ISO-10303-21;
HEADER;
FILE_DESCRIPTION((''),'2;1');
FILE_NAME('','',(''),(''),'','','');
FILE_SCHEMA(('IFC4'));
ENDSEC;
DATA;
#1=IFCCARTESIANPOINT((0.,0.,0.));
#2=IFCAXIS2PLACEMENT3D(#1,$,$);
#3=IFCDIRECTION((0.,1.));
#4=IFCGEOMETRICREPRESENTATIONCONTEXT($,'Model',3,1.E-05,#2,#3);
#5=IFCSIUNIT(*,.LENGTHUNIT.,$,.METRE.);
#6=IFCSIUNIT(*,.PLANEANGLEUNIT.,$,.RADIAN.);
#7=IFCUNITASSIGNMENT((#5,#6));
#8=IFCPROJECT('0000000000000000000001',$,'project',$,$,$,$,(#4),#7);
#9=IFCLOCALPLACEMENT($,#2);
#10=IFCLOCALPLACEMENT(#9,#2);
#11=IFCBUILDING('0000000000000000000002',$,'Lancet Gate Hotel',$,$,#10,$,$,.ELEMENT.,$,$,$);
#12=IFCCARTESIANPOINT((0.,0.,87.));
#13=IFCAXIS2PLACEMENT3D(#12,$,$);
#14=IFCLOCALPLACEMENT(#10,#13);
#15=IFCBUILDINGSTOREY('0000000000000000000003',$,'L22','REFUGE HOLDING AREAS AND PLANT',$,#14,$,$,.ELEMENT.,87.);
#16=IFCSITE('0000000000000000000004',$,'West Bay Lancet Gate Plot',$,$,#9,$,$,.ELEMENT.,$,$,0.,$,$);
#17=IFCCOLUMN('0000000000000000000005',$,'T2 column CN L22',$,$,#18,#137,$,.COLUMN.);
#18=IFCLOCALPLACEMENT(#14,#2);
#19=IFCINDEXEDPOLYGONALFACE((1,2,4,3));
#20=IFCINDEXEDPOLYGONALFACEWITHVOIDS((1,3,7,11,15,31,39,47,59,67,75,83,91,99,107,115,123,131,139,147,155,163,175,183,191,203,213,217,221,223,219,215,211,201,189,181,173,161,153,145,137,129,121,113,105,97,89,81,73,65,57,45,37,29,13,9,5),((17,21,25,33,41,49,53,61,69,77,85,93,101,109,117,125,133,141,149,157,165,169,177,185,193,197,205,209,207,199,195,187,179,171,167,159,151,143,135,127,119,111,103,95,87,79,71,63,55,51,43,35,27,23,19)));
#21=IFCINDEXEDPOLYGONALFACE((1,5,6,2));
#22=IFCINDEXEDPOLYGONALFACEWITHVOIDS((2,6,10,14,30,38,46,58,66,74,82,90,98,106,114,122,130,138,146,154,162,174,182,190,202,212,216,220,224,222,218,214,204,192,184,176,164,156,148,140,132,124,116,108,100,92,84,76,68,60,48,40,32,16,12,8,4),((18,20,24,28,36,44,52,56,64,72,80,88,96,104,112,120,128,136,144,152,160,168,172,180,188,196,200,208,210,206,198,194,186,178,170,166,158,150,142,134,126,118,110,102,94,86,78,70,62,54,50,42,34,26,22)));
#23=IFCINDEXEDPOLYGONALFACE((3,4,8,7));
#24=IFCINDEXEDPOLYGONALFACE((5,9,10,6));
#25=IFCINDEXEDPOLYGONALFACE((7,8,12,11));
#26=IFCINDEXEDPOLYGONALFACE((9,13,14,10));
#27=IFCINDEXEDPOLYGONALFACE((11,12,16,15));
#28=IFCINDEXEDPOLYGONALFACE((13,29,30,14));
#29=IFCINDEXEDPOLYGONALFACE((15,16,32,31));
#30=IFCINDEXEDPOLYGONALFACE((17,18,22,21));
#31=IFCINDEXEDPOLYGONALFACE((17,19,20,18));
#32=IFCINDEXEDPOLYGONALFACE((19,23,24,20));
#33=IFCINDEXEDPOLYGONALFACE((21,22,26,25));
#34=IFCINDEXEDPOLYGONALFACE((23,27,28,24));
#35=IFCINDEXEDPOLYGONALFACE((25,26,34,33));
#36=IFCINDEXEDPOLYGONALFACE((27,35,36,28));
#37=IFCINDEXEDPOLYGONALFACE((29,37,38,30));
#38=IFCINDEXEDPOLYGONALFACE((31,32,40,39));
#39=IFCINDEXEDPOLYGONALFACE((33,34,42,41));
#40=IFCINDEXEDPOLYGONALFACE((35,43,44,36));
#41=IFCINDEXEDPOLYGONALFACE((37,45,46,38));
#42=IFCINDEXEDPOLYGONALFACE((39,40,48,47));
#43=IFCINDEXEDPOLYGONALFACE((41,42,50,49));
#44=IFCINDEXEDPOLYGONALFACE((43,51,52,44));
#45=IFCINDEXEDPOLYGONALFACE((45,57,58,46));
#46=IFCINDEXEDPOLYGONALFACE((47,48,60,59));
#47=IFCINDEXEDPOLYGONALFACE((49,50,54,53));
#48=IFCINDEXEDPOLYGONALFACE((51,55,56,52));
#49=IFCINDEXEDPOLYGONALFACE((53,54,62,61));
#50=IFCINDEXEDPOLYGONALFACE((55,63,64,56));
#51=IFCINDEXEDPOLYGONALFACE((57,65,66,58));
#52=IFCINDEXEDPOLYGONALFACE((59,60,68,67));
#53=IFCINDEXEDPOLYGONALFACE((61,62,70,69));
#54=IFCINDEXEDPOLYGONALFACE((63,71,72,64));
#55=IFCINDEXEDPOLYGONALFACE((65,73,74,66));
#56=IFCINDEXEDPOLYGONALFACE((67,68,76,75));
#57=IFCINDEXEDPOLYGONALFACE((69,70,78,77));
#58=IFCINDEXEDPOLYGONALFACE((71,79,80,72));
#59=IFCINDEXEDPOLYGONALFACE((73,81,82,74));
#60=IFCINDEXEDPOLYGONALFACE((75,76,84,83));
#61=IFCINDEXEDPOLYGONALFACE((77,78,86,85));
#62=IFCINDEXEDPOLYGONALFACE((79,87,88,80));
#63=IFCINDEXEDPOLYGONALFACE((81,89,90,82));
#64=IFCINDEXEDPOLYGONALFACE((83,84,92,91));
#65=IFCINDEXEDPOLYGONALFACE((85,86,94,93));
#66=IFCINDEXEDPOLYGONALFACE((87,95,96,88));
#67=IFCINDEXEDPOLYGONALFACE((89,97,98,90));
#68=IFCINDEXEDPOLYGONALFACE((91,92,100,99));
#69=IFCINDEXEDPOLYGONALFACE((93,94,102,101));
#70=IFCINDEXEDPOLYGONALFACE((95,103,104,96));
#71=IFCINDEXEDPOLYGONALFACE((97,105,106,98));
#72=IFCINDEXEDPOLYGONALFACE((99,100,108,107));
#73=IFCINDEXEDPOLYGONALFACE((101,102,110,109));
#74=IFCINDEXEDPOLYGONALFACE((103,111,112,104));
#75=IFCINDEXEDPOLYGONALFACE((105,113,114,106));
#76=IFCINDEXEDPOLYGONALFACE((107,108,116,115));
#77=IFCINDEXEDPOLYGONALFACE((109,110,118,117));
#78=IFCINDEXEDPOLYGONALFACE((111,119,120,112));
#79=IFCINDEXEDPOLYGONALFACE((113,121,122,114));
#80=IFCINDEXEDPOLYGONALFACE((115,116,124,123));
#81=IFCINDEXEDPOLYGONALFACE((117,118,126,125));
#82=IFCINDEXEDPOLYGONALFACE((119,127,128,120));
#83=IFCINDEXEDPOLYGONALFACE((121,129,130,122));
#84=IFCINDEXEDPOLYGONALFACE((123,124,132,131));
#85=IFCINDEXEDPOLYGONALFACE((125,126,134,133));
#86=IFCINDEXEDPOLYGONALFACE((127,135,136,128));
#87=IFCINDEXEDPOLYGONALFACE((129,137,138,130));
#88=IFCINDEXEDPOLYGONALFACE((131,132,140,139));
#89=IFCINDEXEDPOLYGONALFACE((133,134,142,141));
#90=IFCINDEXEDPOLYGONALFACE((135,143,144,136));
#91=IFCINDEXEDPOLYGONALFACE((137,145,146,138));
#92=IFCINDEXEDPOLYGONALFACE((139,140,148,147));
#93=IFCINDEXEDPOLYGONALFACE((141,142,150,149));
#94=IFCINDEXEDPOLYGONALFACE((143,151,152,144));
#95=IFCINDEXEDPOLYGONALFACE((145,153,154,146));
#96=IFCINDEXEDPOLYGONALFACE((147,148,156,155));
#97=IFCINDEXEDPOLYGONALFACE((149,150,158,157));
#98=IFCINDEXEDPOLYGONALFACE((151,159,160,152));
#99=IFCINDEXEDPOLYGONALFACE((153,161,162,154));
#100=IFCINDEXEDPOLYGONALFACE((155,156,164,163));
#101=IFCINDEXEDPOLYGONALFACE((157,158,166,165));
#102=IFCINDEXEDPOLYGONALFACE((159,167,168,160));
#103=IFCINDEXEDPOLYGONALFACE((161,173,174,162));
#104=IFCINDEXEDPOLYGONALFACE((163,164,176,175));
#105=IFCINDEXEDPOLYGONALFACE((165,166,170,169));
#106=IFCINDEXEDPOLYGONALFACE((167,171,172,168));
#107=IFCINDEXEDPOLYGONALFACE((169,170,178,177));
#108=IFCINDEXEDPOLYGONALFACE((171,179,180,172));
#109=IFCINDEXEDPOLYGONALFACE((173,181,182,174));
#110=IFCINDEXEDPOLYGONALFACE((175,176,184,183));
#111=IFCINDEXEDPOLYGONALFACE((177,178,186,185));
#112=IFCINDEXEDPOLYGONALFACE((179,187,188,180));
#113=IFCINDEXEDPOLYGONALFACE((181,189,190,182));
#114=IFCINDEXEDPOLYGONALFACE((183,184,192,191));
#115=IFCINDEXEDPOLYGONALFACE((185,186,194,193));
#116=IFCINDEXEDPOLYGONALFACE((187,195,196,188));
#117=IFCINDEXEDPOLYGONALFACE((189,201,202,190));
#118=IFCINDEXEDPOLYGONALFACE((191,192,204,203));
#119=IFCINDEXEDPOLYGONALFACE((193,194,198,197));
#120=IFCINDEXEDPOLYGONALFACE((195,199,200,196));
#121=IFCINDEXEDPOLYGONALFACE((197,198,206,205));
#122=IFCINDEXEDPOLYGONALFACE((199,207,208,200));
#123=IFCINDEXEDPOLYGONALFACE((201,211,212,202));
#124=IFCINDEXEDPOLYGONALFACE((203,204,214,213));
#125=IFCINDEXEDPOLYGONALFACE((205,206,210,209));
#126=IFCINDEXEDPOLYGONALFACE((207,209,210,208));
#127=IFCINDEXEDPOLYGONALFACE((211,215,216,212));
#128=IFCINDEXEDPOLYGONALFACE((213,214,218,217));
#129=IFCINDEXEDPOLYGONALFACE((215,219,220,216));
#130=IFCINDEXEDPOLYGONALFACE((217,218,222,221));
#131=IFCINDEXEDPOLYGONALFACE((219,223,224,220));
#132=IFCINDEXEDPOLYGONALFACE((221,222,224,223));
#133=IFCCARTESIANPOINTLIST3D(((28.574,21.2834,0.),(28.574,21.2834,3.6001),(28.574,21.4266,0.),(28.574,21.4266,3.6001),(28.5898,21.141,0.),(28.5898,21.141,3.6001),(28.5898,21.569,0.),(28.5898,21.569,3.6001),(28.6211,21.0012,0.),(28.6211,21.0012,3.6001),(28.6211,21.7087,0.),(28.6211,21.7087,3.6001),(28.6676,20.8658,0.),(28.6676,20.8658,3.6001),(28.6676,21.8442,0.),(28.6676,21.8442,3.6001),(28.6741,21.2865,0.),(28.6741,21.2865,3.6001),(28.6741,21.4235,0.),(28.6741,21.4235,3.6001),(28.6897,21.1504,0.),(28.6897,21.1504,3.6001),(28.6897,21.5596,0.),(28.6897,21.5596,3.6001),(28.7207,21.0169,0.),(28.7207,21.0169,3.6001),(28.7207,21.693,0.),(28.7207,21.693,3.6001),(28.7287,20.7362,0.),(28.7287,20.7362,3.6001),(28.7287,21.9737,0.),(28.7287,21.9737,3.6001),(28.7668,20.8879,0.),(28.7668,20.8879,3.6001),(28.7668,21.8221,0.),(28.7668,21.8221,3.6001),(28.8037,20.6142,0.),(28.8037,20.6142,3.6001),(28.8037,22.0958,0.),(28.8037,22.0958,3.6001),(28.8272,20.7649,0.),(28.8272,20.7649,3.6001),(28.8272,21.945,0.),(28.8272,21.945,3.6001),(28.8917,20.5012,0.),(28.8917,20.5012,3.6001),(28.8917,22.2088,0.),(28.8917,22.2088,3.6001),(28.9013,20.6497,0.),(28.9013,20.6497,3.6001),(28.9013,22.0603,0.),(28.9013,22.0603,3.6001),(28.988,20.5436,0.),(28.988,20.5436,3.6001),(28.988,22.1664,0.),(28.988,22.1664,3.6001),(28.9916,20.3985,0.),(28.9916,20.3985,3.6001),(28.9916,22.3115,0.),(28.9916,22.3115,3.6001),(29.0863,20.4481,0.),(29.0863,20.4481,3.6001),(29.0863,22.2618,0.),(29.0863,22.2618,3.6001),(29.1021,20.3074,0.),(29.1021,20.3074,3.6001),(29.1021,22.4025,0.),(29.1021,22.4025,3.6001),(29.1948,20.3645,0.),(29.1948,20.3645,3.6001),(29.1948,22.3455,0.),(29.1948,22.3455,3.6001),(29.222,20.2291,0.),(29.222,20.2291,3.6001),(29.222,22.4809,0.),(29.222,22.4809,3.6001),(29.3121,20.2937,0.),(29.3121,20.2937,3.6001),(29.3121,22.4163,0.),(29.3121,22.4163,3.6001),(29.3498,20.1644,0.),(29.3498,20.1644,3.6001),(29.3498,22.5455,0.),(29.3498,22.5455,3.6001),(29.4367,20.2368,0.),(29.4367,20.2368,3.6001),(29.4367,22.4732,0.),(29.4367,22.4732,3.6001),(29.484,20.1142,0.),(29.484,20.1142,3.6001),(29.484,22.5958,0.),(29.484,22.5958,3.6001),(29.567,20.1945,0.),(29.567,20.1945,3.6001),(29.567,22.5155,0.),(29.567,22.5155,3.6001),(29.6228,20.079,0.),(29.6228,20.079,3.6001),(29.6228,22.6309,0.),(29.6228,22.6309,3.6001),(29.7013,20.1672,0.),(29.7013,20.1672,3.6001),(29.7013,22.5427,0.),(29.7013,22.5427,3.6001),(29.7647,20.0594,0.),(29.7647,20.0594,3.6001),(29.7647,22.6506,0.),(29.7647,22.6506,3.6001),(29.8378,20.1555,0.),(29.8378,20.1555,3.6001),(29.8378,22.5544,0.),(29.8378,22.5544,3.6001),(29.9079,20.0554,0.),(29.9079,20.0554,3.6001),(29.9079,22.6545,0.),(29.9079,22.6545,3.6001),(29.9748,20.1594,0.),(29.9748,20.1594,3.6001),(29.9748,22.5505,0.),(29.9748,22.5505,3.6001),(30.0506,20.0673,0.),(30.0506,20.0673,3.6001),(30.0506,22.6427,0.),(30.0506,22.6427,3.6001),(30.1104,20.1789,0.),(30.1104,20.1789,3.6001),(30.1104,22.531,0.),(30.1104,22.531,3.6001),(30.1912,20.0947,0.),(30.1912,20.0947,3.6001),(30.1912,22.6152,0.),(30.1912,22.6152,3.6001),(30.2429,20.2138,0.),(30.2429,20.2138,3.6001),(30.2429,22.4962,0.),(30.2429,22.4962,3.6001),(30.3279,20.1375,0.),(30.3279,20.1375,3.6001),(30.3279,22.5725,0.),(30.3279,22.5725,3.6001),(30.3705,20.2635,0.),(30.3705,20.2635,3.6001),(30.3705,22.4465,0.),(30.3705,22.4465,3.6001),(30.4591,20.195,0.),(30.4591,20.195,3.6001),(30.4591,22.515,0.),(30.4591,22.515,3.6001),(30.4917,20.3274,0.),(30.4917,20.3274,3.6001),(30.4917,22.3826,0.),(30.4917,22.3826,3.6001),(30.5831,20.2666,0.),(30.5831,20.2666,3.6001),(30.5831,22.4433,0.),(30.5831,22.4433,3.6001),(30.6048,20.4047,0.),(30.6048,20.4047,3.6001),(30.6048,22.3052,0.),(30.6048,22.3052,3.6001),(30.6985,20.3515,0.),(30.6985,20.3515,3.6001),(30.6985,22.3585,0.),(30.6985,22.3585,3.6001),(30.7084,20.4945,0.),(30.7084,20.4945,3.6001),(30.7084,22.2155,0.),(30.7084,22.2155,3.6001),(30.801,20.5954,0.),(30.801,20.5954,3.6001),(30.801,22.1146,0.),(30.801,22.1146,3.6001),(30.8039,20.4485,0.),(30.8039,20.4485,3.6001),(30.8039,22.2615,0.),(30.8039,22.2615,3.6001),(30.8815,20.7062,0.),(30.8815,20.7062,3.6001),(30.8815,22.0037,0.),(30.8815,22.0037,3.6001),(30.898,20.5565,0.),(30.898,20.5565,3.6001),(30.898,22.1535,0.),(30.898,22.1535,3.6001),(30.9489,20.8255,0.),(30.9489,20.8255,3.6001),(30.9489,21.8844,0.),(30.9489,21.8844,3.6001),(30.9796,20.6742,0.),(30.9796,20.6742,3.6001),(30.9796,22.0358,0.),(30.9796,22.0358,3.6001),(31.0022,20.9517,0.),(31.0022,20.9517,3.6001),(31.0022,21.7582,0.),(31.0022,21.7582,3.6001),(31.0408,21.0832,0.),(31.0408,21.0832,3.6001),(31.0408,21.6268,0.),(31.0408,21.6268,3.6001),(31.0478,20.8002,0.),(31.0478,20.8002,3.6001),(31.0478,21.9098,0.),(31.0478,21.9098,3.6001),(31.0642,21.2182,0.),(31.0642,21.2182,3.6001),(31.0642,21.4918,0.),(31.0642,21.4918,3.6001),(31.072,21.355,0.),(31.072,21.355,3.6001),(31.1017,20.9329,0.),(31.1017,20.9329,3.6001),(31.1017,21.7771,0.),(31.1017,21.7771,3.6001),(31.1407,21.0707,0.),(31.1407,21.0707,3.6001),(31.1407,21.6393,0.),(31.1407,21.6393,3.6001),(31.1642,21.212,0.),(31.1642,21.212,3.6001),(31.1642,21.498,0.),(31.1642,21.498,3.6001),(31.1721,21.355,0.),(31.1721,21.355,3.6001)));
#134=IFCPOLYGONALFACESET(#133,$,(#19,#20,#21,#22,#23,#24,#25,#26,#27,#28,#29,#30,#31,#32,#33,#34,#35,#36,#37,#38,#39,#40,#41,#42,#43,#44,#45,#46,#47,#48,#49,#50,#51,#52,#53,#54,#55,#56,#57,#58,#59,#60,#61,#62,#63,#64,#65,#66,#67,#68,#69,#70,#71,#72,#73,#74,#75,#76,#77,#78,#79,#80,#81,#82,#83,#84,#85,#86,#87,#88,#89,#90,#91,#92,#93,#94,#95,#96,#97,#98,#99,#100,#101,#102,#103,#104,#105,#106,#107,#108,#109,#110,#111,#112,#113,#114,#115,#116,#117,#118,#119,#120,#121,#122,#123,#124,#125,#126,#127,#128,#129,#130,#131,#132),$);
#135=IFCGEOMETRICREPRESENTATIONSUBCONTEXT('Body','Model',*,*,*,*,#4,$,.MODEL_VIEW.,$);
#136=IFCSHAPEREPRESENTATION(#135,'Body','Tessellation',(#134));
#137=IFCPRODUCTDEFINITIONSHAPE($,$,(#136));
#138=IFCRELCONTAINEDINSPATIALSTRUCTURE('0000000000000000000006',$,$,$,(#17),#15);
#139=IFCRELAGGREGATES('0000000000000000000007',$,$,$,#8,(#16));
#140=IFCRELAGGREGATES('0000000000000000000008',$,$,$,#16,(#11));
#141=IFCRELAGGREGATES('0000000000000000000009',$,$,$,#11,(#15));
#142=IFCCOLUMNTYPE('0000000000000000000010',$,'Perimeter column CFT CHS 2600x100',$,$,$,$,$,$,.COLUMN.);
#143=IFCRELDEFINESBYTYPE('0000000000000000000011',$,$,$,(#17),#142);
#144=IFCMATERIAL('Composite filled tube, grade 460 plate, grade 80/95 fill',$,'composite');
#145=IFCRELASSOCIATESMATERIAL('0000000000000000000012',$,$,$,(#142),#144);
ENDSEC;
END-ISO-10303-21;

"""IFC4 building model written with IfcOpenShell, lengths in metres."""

from ifc_helpers import new_model, si_unit, direction, frame, origin, origin_2d, place, context, subcontext, project, spatial, hollow_circle, extrude, material, material_profile, profile_set, type_object, element, save


model = new_model("IFC4")

# Units and contexts
model_context = context("Model", 3, precision=1e-05, world=origin(), true_north=direction((0.0, 1.0)))
body_context = subcontext(model_context, "Body", "Model", "MODEL_VIEW")
ifc_project = project(units=[si_unit("LENGTHUNIT", "METRE"), si_unit("PLANEANGLEUNIT", "RADIAN")], contexts=[model_context])

# Site, building, storey
site_placement = place(None, origin())
site = spatial("IfcSite", under=ifc_project, at=site_placement, Name="West Bay Lancet Gate Plot", CompositionType="ELEMENT", RefElevation=0.0)
building_placement = place(site_placement, origin())
building = spatial("IfcBuilding", under=site, at=building_placement, Name="Lancet Gate Hotel", CompositionType="ELEMENT")
storey_placement = place(building_placement, frame((0.0, 0.0, 87.0)))
storey = spatial("IfcBuildingStorey", under=building, at=storey_placement, Name="L22", Description="REFUGE HOLDING AREAS AND PLANT", CompositionType="ELEMENT", Elevation=87.0)

# Column
ifc_material_1 = material(Name="Composite filled tube, grade 460 plate, grade 80/95 fill", Category="composite")
ifc_material_profile_1 = material_profile(ifc_material_1, hollow_circle(Radius=1.3, WallThickness=0.1001, at=origin_2d()), Name="CHS 2600x100")
ifc_profile_set_1 = profile_set([ifc_material_profile_1], Name="Composite filled tube, grade 460 plate, grade 80/95 fill")
column_type = type_object("IfcColumnType", Name="Perimeter column CFT CHS 2600x100", PredefinedType="COLUMN", material=ifc_profile_set_1)
for number, where, z_axis, x_axis, name in (
    (1, (29.8721, 21.355, 0.0), (0.0, 0.0, 1.0), (1.0, 0.0, 0.0), "T2 column CN L22"),
):
    element("IfcColumn", number, at=place(storey_placement, frame(where, z_axis=z_axis, x_axis=x_axis)), inside=storey, type_object=column_type, Name=name, PredefinedType="COLUMN", context=body_context, shape_type="SweptSolid", body=[
        extrude(hollow_circle(Radius=1.3, WallThickness=0.1001, at=origin_2d()), origin(), (0.0, 0.0, 1.0), 3.6001),
    ])

save(model, "model.ifc")
